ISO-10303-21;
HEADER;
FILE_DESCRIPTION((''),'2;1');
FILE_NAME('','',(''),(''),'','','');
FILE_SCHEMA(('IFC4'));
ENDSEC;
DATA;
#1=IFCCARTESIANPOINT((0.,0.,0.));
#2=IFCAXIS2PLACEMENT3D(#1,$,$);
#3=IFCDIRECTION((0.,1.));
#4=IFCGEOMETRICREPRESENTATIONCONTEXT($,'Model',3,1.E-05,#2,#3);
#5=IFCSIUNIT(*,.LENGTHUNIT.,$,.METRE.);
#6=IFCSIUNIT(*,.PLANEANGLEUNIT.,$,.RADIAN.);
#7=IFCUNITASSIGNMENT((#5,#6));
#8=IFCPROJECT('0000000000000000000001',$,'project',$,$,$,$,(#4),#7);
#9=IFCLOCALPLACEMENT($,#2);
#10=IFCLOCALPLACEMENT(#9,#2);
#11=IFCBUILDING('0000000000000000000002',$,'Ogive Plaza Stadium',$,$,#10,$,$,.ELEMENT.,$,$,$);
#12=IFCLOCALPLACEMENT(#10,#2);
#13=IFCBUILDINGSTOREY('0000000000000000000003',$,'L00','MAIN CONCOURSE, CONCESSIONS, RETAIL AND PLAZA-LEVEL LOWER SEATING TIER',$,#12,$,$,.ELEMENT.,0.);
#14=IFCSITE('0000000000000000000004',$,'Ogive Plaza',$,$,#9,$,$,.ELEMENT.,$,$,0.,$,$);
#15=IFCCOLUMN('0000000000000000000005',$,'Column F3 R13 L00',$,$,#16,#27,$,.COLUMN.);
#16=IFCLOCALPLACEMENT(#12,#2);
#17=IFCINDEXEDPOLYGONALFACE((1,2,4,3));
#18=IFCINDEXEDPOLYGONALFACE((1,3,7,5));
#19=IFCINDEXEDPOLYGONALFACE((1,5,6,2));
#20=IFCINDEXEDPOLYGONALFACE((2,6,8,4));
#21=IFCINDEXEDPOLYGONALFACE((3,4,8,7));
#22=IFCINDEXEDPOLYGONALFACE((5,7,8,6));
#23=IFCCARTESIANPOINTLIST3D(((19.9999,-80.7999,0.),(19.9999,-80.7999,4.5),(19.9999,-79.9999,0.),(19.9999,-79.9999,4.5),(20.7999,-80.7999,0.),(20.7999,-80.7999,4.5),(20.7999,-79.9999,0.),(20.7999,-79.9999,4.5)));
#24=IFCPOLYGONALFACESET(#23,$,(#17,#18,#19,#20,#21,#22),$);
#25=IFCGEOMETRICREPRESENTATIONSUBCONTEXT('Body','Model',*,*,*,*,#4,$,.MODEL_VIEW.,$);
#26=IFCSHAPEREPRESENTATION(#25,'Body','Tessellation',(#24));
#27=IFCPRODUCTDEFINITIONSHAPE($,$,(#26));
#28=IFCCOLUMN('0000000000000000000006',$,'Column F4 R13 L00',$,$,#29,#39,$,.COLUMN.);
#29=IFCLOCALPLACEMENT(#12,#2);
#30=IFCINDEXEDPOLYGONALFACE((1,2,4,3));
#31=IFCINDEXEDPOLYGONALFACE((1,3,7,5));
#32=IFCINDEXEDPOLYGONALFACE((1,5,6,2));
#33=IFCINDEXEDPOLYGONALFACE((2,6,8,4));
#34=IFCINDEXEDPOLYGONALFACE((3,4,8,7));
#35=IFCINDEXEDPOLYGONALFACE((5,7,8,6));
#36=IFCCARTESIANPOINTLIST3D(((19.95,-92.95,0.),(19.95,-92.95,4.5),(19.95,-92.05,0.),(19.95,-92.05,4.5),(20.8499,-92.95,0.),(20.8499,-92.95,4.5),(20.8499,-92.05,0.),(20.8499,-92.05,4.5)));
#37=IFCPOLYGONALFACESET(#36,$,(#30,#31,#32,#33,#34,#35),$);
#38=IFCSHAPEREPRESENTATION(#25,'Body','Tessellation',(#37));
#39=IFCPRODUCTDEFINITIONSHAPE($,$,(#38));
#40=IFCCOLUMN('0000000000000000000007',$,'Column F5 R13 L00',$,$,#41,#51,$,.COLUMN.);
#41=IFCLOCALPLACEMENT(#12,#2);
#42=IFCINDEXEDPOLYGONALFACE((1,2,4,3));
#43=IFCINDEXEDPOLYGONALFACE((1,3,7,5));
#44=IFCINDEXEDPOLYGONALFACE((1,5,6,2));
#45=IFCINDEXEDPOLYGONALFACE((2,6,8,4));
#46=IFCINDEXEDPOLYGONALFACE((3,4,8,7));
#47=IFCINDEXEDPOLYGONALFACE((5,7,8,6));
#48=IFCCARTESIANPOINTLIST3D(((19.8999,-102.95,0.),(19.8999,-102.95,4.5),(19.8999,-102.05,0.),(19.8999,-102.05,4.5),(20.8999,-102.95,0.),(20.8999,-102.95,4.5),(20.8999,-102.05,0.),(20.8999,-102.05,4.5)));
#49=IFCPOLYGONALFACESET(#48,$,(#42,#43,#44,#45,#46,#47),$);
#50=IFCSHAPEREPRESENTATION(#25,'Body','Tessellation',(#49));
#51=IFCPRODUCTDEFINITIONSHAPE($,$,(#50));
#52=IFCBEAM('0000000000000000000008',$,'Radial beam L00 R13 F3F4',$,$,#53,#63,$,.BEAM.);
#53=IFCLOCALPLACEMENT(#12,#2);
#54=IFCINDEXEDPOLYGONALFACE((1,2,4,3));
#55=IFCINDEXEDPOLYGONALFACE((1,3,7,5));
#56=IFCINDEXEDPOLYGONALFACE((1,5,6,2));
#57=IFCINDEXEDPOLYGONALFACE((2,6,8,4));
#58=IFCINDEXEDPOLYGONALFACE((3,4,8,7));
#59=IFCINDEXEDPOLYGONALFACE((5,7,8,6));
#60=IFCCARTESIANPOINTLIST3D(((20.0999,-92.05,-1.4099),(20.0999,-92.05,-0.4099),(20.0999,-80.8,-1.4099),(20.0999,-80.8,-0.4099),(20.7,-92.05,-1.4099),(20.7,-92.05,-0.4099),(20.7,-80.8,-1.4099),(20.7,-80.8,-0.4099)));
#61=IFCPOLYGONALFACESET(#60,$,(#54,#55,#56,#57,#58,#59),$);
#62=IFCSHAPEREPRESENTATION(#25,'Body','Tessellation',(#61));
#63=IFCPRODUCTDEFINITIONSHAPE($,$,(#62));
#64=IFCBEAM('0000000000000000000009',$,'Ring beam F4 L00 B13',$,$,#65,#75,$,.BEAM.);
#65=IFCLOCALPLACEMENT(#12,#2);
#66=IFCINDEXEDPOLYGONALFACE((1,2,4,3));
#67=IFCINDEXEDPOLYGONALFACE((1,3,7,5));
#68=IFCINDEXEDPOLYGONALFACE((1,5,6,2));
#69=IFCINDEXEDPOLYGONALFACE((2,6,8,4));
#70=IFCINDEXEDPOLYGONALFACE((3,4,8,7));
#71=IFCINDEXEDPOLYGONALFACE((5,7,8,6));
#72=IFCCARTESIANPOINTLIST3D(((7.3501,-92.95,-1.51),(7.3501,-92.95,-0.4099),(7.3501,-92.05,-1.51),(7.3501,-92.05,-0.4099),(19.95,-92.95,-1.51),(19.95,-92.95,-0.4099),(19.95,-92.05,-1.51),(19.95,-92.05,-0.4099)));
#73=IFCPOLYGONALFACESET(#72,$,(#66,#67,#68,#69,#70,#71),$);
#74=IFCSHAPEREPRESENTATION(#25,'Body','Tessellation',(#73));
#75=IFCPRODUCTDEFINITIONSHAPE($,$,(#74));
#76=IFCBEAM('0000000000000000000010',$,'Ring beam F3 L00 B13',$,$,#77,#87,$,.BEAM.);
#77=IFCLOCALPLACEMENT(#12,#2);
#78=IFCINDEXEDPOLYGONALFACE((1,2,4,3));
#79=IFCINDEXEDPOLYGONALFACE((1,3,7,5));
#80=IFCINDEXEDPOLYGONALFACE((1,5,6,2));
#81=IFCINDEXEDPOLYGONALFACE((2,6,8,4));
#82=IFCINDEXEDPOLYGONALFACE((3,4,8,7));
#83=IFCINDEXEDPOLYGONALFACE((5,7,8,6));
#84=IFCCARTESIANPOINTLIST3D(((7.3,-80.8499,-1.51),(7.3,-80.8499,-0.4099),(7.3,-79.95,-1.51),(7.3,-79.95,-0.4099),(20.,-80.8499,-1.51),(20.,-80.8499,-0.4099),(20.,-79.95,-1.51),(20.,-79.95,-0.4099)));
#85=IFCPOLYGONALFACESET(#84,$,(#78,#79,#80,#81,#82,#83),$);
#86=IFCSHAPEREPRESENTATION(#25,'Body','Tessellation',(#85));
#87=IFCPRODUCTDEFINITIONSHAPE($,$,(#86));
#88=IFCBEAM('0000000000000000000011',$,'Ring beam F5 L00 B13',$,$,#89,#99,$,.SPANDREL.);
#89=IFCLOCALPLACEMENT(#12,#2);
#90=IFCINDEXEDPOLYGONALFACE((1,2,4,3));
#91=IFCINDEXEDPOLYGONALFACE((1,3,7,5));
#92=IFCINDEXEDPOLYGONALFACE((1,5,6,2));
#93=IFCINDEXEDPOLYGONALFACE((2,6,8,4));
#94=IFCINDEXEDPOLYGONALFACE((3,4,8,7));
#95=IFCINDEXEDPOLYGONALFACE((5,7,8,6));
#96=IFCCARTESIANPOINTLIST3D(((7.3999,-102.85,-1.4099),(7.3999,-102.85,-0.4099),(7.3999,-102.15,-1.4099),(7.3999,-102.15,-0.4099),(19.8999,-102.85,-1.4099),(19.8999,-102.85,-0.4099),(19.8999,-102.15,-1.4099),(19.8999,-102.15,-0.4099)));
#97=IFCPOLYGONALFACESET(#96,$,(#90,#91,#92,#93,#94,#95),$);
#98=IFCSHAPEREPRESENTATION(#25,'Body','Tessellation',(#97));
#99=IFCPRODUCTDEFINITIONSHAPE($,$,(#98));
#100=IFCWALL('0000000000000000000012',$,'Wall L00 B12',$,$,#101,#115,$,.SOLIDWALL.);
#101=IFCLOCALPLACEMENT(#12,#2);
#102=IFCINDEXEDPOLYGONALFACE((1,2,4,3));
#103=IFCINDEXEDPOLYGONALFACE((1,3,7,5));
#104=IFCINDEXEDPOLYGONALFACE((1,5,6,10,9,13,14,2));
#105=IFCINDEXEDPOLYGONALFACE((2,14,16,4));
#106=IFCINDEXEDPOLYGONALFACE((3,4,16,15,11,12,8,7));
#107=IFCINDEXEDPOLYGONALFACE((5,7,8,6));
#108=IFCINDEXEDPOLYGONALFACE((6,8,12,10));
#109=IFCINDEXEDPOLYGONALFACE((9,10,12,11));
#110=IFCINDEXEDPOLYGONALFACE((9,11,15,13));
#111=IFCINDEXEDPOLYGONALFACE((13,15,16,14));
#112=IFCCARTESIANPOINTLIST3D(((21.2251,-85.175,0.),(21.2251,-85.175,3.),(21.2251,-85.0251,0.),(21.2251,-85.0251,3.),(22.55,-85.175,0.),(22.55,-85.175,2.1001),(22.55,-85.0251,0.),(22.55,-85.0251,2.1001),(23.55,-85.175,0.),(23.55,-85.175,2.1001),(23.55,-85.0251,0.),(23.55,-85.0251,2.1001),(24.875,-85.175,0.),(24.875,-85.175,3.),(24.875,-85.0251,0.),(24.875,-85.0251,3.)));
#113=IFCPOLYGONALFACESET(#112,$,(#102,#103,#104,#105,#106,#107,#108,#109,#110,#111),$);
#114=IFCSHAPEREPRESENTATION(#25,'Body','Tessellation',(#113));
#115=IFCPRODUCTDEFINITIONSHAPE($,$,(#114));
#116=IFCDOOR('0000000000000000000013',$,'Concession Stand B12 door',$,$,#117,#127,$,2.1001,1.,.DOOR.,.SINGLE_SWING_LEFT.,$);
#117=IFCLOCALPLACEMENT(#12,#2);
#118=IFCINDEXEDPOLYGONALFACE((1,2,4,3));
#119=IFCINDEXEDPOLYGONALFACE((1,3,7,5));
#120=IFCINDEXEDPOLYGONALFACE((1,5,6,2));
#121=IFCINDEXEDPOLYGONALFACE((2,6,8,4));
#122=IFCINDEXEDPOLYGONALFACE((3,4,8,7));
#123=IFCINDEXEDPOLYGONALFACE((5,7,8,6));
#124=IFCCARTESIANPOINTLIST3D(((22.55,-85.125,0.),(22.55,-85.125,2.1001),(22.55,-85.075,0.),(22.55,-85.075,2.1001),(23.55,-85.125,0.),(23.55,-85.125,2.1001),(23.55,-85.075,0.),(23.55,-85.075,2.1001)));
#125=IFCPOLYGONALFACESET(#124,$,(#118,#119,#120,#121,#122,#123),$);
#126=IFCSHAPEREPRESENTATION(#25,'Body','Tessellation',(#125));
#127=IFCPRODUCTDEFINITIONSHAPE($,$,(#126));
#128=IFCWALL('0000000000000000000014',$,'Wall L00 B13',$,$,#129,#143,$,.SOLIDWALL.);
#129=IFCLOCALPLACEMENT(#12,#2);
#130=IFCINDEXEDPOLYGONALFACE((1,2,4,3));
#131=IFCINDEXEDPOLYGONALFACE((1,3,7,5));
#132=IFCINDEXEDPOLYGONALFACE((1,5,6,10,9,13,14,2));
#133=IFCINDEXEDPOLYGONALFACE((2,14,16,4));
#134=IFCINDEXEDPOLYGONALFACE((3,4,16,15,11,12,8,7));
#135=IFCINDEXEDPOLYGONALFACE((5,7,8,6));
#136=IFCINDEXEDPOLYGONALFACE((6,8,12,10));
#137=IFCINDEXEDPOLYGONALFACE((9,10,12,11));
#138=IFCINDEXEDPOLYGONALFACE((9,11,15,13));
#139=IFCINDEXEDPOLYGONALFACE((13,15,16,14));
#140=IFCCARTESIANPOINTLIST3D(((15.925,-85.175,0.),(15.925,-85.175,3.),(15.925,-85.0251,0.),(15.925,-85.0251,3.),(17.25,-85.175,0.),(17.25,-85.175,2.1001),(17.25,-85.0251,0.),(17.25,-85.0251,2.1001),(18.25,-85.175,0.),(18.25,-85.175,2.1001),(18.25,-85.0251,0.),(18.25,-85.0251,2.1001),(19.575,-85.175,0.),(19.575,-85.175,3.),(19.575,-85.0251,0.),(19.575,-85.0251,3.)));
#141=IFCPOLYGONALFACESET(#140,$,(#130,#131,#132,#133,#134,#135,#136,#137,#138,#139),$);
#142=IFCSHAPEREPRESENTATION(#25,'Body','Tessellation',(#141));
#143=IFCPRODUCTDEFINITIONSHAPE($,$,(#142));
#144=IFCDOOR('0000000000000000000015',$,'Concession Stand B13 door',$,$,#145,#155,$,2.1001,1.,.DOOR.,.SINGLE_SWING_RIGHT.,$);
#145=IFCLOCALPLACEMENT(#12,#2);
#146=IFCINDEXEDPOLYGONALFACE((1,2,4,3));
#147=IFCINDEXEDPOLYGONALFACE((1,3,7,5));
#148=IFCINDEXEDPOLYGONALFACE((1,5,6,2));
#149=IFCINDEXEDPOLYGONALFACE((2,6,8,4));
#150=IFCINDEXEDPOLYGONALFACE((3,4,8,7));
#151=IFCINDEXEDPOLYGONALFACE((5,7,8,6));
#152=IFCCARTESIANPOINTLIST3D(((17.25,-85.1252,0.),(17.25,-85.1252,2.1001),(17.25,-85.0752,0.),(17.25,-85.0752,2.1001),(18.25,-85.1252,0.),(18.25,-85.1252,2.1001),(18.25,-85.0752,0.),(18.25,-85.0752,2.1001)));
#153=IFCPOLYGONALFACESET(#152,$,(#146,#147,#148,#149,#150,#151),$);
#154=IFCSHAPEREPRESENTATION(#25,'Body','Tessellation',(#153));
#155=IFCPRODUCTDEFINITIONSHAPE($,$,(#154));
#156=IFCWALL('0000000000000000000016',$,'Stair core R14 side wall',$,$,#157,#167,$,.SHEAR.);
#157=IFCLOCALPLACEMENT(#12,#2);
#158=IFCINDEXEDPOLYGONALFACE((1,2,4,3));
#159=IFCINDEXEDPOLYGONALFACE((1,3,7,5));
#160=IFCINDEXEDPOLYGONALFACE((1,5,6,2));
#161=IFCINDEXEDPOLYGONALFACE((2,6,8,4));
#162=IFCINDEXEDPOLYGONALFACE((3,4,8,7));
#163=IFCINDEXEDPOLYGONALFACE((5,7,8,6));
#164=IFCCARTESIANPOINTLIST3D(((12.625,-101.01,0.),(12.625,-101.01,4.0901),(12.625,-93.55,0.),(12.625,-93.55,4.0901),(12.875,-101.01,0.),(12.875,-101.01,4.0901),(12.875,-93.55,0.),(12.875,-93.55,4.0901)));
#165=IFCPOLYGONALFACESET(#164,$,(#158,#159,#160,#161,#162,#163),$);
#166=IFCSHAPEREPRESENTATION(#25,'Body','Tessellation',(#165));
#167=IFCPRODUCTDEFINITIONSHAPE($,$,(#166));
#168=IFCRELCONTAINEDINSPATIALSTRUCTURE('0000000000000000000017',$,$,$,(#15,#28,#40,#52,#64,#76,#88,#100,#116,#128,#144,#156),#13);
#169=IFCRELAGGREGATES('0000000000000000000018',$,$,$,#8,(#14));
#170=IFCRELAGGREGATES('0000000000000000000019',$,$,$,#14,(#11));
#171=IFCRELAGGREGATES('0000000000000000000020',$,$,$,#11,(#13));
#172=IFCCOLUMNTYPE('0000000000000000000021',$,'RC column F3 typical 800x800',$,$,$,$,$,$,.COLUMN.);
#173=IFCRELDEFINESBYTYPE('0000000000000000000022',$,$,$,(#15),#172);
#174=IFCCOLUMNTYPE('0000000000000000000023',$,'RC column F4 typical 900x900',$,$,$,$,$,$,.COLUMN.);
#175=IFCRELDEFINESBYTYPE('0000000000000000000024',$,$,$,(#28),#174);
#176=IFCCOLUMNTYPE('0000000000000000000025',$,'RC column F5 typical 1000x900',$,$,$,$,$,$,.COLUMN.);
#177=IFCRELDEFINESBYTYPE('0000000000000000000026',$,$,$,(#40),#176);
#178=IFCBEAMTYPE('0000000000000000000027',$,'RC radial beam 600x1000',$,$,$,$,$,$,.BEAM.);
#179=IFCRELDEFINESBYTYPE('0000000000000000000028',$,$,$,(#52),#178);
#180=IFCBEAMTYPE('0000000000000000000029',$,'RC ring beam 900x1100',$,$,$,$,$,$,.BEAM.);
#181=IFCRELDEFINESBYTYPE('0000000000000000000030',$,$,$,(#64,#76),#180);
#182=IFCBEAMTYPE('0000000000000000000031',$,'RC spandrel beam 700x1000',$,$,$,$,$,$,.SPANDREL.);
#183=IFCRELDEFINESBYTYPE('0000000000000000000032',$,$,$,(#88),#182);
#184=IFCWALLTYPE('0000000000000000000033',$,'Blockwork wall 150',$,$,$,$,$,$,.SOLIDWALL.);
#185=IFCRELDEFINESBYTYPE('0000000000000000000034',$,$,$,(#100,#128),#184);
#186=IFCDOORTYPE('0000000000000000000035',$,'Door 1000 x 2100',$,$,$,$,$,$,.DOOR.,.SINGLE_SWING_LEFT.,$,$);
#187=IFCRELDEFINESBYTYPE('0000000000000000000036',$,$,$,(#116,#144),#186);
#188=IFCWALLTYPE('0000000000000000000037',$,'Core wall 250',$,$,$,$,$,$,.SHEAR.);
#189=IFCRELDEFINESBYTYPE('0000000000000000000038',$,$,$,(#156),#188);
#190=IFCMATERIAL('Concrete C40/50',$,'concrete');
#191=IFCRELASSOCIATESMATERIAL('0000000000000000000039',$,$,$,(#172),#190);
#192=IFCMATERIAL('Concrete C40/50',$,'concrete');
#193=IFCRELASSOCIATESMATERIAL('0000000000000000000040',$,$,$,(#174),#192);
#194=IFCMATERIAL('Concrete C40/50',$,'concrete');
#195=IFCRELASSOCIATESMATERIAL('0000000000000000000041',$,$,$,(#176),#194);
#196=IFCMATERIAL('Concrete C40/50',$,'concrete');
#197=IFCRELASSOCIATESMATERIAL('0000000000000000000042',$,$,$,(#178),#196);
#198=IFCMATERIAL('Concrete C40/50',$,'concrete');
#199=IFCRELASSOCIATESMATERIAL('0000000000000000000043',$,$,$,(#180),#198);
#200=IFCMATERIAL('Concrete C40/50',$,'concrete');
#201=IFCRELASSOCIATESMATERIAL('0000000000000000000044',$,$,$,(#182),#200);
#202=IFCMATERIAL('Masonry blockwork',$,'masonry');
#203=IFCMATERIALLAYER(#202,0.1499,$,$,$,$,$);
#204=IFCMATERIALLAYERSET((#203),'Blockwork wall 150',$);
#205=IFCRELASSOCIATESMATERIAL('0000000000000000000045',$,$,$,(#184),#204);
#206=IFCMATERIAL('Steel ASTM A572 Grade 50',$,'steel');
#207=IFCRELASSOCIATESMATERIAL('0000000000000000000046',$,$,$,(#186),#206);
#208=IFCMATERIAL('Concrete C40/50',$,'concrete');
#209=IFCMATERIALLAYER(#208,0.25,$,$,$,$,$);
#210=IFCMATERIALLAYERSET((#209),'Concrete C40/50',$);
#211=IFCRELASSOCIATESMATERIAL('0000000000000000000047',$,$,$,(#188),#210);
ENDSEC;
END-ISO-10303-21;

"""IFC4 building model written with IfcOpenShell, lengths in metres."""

from ifc_helpers import new_model, si_unit, direction, frame, frame_2d, origin, origin_2d, place, context, subcontext, project, spatial, rectangle, extrude, material, layer, layer_set, material_profile, profile_set, type_object, element, fill, save


model = new_model("IFC4")

# Units and contexts
model_context = context("Model", 3, precision=1e-05, world=origin(), true_north=direction((0.0, 1.0)))
body_context = subcontext(model_context, "Body", "Model", "MODEL_VIEW")
ifc_project = project(units=[si_unit("LENGTHUNIT", "METRE"), si_unit("PLANEANGLEUNIT", "RADIAN")], contexts=[model_context])

# Site, building, storey
site_placement = place(None, origin())
site = spatial("IfcSite", under=ifc_project, at=site_placement, Name="Ogive Plaza", CompositionType="ELEMENT", RefElevation=0.0)
building_placement = place(site_placement, origin())
building = spatial("IfcBuilding", under=site, at=building_placement, Name="Ogive Plaza Stadium", CompositionType="ELEMENT")
storey_placement = place(building_placement, origin())
storey = spatial("IfcBuildingStorey", under=building, at=storey_placement, Name="L00", Description="MAIN CONCOURSE, CONCESSIONS, RETAIL AND PLAZA-LEVEL LOWER SEATING TIER", CompositionType="ELEMENT", Elevation=0.0)

# Columns
ifc_material_1 = material(Name="Concrete C40/50", Category="concrete")
ifc_material_profile_1 = material_profile(ifc_material_1, rectangle(XDim=0.8, YDim=0.8, at=origin_2d()), Name="RC 800x800")
ifc_profile_set_1 = profile_set([ifc_material_profile_1], Name="Concrete C40/50")
column_type_1 = type_object("IfcColumnType", Name="RC column F3 typical 800x800", PredefinedType="COLUMN", material=ifc_profile_set_1)
column_1_placement = place(storey_placement, frame((20.3999, -80.3999, 0.0), z_axis=(0.0, 0.0, 1.0), x_axis=(1.0, 0.0, 0.0)))
element("IfcColumn", 1, at=column_1_placement, inside=storey, type_object=column_type_1, Name="Column F3 R13 L00", PredefinedType="COLUMN", context=body_context, shape_type="SweptSolid", body=[
    extrude(rectangle(XDim=0.8, YDim=0.8, at=origin_2d()), origin(), (0.0, 0.0, 1.0), 4.5),
])
ifc_material_2 = material(Name="Concrete C40/50", Category="concrete")
ifc_material_profile_2 = material_profile(ifc_material_2, rectangle(XDim=0.8999, YDim=0.8999, at=origin_2d()), Name="RC 900x900")
ifc_profile_set_2 = profile_set([ifc_material_profile_2], Name="Concrete C40/50")
column_type_2 = type_object("IfcColumnType", Name="RC column F4 typical 900x900", PredefinedType="COLUMN", material=ifc_profile_set_2)
column_2_placement = place(storey_placement, frame((20.3999, -92.5, 0.0), z_axis=(0.0, 0.0, 1.0), x_axis=(1.0, 0.0, 0.0)))
element("IfcColumn", 2, at=column_2_placement, inside=storey, type_object=column_type_2, Name="Column F4 R13 L00", PredefinedType="COLUMN", context=body_context, shape_type="SweptSolid", body=[
    extrude(rectangle(XDim=0.8999, YDim=0.8999, at=origin_2d()), origin(), (0.0, 0.0, 1.0), 4.5),
])
ifc_material_3 = material(Name="Concrete C40/50", Category="concrete")
ifc_material_profile_3 = material_profile(ifc_material_3, rectangle(XDim=1.0, YDim=0.8999, at=origin_2d()), Name="RC 1000x900")
ifc_profile_set_3 = profile_set([ifc_material_profile_3], Name="Concrete C40/50")
column_type_3 = type_object("IfcColumnType", Name="RC column F5 typical 1000x900", PredefinedType="COLUMN", material=ifc_profile_set_3)
column_3_placement = place(storey_placement, frame((20.3999, -102.5, 0.0), z_axis=(0.0, 0.0, 1.0), x_axis=(1.0, 0.0, 0.0)))
element("IfcColumn", 3, at=column_3_placement, inside=storey, type_object=column_type_3, Name="Column F5 R13 L00", PredefinedType="COLUMN", context=body_context, shape_type="SweptSolid", body=[
    extrude(rectangle(XDim=1.0, YDim=0.8999, at=origin_2d()), origin(), (0.0, 0.0, 1.0), 4.5),
])

# Beams
ifc_material_4 = material(Name="Concrete C40/50", Category="concrete")
ifc_material_profile_4 = material_profile(ifc_material_4, rectangle(XDim=0.6001, YDim=1.0, at=origin_2d()), Name="RC 600x1000")
ifc_profile_set_4 = profile_set([ifc_material_profile_4], Name="Concrete C40/50")
beam_type_1 = type_object("IfcBeamType", Name="RC radial beam 600x1000", PredefinedType="BEAM", material=ifc_profile_set_4)
beam_1_placement = place(storey_placement, frame((20.3999, -80.8, -0.9099), z_axis=(0.0, -1.0, 0.0), x_axis=(1.0, 0.0, 0.0)))
element("IfcBeam", 4, at=beam_1_placement, inside=storey, type_object=beam_type_1, Name="Radial beam L00 R13 F3F4", PredefinedType="BEAM", context=body_context, shape_type="SweptSolid", body=[
    extrude(rectangle(XDim=0.6001, YDim=1.0, at=origin_2d()), origin(), (0.0, 0.0, 1.0), 11.25),
])
ifc_material_5 = material(Name="Concrete C40/50", Category="concrete")
ifc_material_profile_5 = material_profile(ifc_material_5, rectangle(XDim=0.8999, YDim=1.1001, at=origin_2d()), Name="RC 900x1100")
ifc_profile_set_5 = profile_set([ifc_material_profile_5], Name="Concrete C40/50")
beam_type_2 = type_object("IfcBeamType", Name="RC ring beam 900x1100", PredefinedType="BEAM", material=ifc_profile_set_5)
beam_2_placement = place(storey_placement, frame((19.95, -92.5, -0.96), z_axis=(-1.0, 0.0, 0.0), x_axis=(0.0, -1.0, 0.0)))
element("IfcBeam", 5, at=beam_2_placement, inside=storey, type_object=beam_type_2, Name="Ring beam F4 L00 B13", PredefinedType="BEAM", context=body_context, shape_type="SweptSolid", body=[
    extrude(rectangle(XDim=0.8999, YDim=1.1001, at=origin_2d()), origin(), (0.0, 0.0, 1.0), 12.5999),
])
beam_3_placement = place(storey_placement, frame((20.0, -80.3999, -0.96), z_axis=(-1.0, 0.0, 0.0), x_axis=(0.0, -1.0, 0.0)))
element("IfcBeam", 6, at=beam_3_placement, inside=storey, type_object=beam_type_2, Name="Ring beam F3 L00 B13", PredefinedType="BEAM", context=body_context, shape_type="SweptSolid", body=[
    extrude(rectangle(XDim=0.8999, YDim=1.1001, at=origin_2d()), origin(), (0.0, 0.0, 1.0), 12.7),
])
ifc_material_6 = material(Name="Concrete C40/50", Category="concrete")
ifc_material_profile_6 = material_profile(ifc_material_6, rectangle(XDim=0.7, YDim=1.0, at=origin_2d()), Name="RC 700x1000")
ifc_profile_set_6 = profile_set([ifc_material_profile_6], Name="Concrete C40/50")
beam_type_3 = type_object("IfcBeamType", Name="RC spandrel beam 700x1000", PredefinedType="SPANDREL", material=ifc_profile_set_6)
beam_4_placement = place(storey_placement, frame((19.8999, -102.5, -0.9099), z_axis=(-1.0, 0.0, 0.0), x_axis=(0.0, -1.0, 0.0)))
element("IfcBeam", 7, at=beam_4_placement, inside=storey, type_object=beam_type_3, Name="Ring beam F5 L00 B13", PredefinedType="SPANDREL", context=body_context, shape_type="SweptSolid", body=[
    extrude(rectangle(XDim=0.7, YDim=1.0, at=origin_2d()), origin(), (0.0, 0.0, 1.0), 12.5),
])

# Walls, openings, doors
ifc_material_7 = material(Name="Masonry blockwork", Category="masonry")
ifc_layer_1 = layer(ifc_material_7, 0.1499)
ifc_layer_set_1 = layer_set([ifc_layer_1], Name="Blockwork wall 150")
wall_type_1 = type_object("IfcWallType", Name="Blockwork wall 150", PredefinedType="SOLIDWALL", material=ifc_layer_set_1)
wall_1_placement = place(storey_placement, frame((24.875, -85.1001, 0.0), z_axis=(0.0, 0.0, 1.0), x_axis=(-1.0, 0.0, 0.0)))
wall_1 = element("IfcWall", 8, at=wall_1_placement, inside=storey, type_object=wall_type_1, Name="Wall L00 B12", PredefinedType="SOLIDWALL", context=body_context, shape_type="SweptSolid", body=[
    extrude(rectangle(XDim=3.6499, YDim=0.1499, at=frame_2d((1.825, 0.0))), origin(), (0.0, 0.0, 1.0), 3.0),
])
opening_1_placement = place(wall_1_placement, frame((1.325, 0.0, 0.0)))
opening_1 = element("IfcOpeningElement", 9, at=opening_1_placement, cuts=wall_1, PredefinedType="OPENING", context=body_context, shape_type="SweptSolid", body=[
    extrude(rectangle(XDim=1.0, YDim=2.1001, at=frame_2d((0.5, 1.05))), frame((0.0, 0.075, 0.0), z_axis=(0.0, -1.0, 0.0), x_axis=(1.0, 0.0, 0.0)), (0.0, 0.0, 1.0), 0.1499),
])
ifc_material_8 = material(Name="Steel ASTM A572 Grade 50", Category="steel")
door_type_1 = type_object("IfcDoorType", Name="Door 1000 x 2100", OperationType="SINGLE_SWING_LEFT", PredefinedType="DOOR", material=ifc_material_8)
door_1_placement = place(opening_1_placement, origin())
door_1 = element("IfcDoor", 10, at=door_1_placement, inside=storey, type_object=door_type_1, Name="Concession Stand B12 door", OperationType="SINGLE_SWING_LEFT", OverallHeight=2.1001, OverallWidth=1.0, PredefinedType="DOOR", context=body_context, shape_type="SweptSolid", body=[
    extrude(rectangle(XDim=1.0, YDim=2.1001, at=frame_2d((0.5, 1.05))), frame((0.0, 0.0249, 0.0), z_axis=(0.0, -1.0, 0.0), x_axis=(1.0, 0.0, 0.0)), (0.0, 0.0, 1.0), 0.05),
])
fill(opening_1, door_1)
wall_2_placement = place(storey_placement, frame((15.925, -85.1001, 0.0), z_axis=(0.0, 0.0, 1.0), x_axis=(1.0, 0.0, 0.0)))
wall_2 = element("IfcWall", 11, at=wall_2_placement, inside=storey, type_object=wall_type_1, Name="Wall L00 B13", PredefinedType="SOLIDWALL", context=body_context, shape_type="SweptSolid", body=[
    extrude(rectangle(XDim=3.6499, YDim=0.1499, at=frame_2d((1.825, 0.0))), origin(), (0.0, 0.0, 1.0), 3.0),
])
opening_2_placement = place(wall_2_placement, frame((1.325, 0.0, 0.0)))
opening_2 = element("IfcOpeningElement", 12, at=opening_2_placement, cuts=wall_2, PredefinedType="OPENING", context=body_context, shape_type="SweptSolid", body=[
    extrude(rectangle(XDim=1.0, YDim=2.1001, at=frame_2d((0.5, 1.05))), frame((0.0, 0.075, 0.0), z_axis=(0.0, -1.0, 0.0), x_axis=(1.0, 0.0, 0.0)), (0.0, 0.0, 1.0), 0.1499),
])
door_2_placement = place(opening_2_placement, origin())
door_2 = element("IfcDoor", 13, at=door_2_placement, inside=storey, type_object=door_type_1, Name="Concession Stand B13 door", OperationType="SINGLE_SWING_RIGHT", OverallHeight=2.1001, OverallWidth=1.0, PredefinedType="DOOR", context=body_context, shape_type="SweptSolid", body=[
    extrude(rectangle(XDim=1.0, YDim=2.1001, at=frame_2d((0.5, 1.05))), frame((0.0, 0.0249, 0.0), z_axis=(0.0, -1.0, 0.0), x_axis=(1.0, 0.0, 0.0)), (0.0, 0.0, 1.0), 0.05),
])
fill(opening_2, door_2)

# Wall
ifc_material_9 = material(Name="Concrete C40/50", Category="concrete")
ifc_layer_2 = layer(ifc_material_9, 0.25)
ifc_layer_set_2 = layer_set([ifc_layer_2], Name="Concrete C40/50")
wall_type_2 = type_object("IfcWallType", Name="Core wall 250", PredefinedType="SHEAR", material=ifc_layer_set_2)
wall_3_placement = place(storey_placement, frame((12.75, -93.55, 0.0), z_axis=(0.0, 0.0, 1.0), x_axis=(0.0, -1.0, 0.0)))
element("IfcWall", 14, at=wall_3_placement, inside=storey, type_object=wall_type_2, Name="Stair core R14 side wall", PredefinedType="SHEAR", context=body_context, shape_type="SweptSolid", body=[
    extrude(rectangle(XDim=7.46, YDim=0.25, at=frame_2d((3.73, 0.0))), origin(), (0.0, 0.0, 1.0), 4.0901),
])

save(model, "model.ifc")
